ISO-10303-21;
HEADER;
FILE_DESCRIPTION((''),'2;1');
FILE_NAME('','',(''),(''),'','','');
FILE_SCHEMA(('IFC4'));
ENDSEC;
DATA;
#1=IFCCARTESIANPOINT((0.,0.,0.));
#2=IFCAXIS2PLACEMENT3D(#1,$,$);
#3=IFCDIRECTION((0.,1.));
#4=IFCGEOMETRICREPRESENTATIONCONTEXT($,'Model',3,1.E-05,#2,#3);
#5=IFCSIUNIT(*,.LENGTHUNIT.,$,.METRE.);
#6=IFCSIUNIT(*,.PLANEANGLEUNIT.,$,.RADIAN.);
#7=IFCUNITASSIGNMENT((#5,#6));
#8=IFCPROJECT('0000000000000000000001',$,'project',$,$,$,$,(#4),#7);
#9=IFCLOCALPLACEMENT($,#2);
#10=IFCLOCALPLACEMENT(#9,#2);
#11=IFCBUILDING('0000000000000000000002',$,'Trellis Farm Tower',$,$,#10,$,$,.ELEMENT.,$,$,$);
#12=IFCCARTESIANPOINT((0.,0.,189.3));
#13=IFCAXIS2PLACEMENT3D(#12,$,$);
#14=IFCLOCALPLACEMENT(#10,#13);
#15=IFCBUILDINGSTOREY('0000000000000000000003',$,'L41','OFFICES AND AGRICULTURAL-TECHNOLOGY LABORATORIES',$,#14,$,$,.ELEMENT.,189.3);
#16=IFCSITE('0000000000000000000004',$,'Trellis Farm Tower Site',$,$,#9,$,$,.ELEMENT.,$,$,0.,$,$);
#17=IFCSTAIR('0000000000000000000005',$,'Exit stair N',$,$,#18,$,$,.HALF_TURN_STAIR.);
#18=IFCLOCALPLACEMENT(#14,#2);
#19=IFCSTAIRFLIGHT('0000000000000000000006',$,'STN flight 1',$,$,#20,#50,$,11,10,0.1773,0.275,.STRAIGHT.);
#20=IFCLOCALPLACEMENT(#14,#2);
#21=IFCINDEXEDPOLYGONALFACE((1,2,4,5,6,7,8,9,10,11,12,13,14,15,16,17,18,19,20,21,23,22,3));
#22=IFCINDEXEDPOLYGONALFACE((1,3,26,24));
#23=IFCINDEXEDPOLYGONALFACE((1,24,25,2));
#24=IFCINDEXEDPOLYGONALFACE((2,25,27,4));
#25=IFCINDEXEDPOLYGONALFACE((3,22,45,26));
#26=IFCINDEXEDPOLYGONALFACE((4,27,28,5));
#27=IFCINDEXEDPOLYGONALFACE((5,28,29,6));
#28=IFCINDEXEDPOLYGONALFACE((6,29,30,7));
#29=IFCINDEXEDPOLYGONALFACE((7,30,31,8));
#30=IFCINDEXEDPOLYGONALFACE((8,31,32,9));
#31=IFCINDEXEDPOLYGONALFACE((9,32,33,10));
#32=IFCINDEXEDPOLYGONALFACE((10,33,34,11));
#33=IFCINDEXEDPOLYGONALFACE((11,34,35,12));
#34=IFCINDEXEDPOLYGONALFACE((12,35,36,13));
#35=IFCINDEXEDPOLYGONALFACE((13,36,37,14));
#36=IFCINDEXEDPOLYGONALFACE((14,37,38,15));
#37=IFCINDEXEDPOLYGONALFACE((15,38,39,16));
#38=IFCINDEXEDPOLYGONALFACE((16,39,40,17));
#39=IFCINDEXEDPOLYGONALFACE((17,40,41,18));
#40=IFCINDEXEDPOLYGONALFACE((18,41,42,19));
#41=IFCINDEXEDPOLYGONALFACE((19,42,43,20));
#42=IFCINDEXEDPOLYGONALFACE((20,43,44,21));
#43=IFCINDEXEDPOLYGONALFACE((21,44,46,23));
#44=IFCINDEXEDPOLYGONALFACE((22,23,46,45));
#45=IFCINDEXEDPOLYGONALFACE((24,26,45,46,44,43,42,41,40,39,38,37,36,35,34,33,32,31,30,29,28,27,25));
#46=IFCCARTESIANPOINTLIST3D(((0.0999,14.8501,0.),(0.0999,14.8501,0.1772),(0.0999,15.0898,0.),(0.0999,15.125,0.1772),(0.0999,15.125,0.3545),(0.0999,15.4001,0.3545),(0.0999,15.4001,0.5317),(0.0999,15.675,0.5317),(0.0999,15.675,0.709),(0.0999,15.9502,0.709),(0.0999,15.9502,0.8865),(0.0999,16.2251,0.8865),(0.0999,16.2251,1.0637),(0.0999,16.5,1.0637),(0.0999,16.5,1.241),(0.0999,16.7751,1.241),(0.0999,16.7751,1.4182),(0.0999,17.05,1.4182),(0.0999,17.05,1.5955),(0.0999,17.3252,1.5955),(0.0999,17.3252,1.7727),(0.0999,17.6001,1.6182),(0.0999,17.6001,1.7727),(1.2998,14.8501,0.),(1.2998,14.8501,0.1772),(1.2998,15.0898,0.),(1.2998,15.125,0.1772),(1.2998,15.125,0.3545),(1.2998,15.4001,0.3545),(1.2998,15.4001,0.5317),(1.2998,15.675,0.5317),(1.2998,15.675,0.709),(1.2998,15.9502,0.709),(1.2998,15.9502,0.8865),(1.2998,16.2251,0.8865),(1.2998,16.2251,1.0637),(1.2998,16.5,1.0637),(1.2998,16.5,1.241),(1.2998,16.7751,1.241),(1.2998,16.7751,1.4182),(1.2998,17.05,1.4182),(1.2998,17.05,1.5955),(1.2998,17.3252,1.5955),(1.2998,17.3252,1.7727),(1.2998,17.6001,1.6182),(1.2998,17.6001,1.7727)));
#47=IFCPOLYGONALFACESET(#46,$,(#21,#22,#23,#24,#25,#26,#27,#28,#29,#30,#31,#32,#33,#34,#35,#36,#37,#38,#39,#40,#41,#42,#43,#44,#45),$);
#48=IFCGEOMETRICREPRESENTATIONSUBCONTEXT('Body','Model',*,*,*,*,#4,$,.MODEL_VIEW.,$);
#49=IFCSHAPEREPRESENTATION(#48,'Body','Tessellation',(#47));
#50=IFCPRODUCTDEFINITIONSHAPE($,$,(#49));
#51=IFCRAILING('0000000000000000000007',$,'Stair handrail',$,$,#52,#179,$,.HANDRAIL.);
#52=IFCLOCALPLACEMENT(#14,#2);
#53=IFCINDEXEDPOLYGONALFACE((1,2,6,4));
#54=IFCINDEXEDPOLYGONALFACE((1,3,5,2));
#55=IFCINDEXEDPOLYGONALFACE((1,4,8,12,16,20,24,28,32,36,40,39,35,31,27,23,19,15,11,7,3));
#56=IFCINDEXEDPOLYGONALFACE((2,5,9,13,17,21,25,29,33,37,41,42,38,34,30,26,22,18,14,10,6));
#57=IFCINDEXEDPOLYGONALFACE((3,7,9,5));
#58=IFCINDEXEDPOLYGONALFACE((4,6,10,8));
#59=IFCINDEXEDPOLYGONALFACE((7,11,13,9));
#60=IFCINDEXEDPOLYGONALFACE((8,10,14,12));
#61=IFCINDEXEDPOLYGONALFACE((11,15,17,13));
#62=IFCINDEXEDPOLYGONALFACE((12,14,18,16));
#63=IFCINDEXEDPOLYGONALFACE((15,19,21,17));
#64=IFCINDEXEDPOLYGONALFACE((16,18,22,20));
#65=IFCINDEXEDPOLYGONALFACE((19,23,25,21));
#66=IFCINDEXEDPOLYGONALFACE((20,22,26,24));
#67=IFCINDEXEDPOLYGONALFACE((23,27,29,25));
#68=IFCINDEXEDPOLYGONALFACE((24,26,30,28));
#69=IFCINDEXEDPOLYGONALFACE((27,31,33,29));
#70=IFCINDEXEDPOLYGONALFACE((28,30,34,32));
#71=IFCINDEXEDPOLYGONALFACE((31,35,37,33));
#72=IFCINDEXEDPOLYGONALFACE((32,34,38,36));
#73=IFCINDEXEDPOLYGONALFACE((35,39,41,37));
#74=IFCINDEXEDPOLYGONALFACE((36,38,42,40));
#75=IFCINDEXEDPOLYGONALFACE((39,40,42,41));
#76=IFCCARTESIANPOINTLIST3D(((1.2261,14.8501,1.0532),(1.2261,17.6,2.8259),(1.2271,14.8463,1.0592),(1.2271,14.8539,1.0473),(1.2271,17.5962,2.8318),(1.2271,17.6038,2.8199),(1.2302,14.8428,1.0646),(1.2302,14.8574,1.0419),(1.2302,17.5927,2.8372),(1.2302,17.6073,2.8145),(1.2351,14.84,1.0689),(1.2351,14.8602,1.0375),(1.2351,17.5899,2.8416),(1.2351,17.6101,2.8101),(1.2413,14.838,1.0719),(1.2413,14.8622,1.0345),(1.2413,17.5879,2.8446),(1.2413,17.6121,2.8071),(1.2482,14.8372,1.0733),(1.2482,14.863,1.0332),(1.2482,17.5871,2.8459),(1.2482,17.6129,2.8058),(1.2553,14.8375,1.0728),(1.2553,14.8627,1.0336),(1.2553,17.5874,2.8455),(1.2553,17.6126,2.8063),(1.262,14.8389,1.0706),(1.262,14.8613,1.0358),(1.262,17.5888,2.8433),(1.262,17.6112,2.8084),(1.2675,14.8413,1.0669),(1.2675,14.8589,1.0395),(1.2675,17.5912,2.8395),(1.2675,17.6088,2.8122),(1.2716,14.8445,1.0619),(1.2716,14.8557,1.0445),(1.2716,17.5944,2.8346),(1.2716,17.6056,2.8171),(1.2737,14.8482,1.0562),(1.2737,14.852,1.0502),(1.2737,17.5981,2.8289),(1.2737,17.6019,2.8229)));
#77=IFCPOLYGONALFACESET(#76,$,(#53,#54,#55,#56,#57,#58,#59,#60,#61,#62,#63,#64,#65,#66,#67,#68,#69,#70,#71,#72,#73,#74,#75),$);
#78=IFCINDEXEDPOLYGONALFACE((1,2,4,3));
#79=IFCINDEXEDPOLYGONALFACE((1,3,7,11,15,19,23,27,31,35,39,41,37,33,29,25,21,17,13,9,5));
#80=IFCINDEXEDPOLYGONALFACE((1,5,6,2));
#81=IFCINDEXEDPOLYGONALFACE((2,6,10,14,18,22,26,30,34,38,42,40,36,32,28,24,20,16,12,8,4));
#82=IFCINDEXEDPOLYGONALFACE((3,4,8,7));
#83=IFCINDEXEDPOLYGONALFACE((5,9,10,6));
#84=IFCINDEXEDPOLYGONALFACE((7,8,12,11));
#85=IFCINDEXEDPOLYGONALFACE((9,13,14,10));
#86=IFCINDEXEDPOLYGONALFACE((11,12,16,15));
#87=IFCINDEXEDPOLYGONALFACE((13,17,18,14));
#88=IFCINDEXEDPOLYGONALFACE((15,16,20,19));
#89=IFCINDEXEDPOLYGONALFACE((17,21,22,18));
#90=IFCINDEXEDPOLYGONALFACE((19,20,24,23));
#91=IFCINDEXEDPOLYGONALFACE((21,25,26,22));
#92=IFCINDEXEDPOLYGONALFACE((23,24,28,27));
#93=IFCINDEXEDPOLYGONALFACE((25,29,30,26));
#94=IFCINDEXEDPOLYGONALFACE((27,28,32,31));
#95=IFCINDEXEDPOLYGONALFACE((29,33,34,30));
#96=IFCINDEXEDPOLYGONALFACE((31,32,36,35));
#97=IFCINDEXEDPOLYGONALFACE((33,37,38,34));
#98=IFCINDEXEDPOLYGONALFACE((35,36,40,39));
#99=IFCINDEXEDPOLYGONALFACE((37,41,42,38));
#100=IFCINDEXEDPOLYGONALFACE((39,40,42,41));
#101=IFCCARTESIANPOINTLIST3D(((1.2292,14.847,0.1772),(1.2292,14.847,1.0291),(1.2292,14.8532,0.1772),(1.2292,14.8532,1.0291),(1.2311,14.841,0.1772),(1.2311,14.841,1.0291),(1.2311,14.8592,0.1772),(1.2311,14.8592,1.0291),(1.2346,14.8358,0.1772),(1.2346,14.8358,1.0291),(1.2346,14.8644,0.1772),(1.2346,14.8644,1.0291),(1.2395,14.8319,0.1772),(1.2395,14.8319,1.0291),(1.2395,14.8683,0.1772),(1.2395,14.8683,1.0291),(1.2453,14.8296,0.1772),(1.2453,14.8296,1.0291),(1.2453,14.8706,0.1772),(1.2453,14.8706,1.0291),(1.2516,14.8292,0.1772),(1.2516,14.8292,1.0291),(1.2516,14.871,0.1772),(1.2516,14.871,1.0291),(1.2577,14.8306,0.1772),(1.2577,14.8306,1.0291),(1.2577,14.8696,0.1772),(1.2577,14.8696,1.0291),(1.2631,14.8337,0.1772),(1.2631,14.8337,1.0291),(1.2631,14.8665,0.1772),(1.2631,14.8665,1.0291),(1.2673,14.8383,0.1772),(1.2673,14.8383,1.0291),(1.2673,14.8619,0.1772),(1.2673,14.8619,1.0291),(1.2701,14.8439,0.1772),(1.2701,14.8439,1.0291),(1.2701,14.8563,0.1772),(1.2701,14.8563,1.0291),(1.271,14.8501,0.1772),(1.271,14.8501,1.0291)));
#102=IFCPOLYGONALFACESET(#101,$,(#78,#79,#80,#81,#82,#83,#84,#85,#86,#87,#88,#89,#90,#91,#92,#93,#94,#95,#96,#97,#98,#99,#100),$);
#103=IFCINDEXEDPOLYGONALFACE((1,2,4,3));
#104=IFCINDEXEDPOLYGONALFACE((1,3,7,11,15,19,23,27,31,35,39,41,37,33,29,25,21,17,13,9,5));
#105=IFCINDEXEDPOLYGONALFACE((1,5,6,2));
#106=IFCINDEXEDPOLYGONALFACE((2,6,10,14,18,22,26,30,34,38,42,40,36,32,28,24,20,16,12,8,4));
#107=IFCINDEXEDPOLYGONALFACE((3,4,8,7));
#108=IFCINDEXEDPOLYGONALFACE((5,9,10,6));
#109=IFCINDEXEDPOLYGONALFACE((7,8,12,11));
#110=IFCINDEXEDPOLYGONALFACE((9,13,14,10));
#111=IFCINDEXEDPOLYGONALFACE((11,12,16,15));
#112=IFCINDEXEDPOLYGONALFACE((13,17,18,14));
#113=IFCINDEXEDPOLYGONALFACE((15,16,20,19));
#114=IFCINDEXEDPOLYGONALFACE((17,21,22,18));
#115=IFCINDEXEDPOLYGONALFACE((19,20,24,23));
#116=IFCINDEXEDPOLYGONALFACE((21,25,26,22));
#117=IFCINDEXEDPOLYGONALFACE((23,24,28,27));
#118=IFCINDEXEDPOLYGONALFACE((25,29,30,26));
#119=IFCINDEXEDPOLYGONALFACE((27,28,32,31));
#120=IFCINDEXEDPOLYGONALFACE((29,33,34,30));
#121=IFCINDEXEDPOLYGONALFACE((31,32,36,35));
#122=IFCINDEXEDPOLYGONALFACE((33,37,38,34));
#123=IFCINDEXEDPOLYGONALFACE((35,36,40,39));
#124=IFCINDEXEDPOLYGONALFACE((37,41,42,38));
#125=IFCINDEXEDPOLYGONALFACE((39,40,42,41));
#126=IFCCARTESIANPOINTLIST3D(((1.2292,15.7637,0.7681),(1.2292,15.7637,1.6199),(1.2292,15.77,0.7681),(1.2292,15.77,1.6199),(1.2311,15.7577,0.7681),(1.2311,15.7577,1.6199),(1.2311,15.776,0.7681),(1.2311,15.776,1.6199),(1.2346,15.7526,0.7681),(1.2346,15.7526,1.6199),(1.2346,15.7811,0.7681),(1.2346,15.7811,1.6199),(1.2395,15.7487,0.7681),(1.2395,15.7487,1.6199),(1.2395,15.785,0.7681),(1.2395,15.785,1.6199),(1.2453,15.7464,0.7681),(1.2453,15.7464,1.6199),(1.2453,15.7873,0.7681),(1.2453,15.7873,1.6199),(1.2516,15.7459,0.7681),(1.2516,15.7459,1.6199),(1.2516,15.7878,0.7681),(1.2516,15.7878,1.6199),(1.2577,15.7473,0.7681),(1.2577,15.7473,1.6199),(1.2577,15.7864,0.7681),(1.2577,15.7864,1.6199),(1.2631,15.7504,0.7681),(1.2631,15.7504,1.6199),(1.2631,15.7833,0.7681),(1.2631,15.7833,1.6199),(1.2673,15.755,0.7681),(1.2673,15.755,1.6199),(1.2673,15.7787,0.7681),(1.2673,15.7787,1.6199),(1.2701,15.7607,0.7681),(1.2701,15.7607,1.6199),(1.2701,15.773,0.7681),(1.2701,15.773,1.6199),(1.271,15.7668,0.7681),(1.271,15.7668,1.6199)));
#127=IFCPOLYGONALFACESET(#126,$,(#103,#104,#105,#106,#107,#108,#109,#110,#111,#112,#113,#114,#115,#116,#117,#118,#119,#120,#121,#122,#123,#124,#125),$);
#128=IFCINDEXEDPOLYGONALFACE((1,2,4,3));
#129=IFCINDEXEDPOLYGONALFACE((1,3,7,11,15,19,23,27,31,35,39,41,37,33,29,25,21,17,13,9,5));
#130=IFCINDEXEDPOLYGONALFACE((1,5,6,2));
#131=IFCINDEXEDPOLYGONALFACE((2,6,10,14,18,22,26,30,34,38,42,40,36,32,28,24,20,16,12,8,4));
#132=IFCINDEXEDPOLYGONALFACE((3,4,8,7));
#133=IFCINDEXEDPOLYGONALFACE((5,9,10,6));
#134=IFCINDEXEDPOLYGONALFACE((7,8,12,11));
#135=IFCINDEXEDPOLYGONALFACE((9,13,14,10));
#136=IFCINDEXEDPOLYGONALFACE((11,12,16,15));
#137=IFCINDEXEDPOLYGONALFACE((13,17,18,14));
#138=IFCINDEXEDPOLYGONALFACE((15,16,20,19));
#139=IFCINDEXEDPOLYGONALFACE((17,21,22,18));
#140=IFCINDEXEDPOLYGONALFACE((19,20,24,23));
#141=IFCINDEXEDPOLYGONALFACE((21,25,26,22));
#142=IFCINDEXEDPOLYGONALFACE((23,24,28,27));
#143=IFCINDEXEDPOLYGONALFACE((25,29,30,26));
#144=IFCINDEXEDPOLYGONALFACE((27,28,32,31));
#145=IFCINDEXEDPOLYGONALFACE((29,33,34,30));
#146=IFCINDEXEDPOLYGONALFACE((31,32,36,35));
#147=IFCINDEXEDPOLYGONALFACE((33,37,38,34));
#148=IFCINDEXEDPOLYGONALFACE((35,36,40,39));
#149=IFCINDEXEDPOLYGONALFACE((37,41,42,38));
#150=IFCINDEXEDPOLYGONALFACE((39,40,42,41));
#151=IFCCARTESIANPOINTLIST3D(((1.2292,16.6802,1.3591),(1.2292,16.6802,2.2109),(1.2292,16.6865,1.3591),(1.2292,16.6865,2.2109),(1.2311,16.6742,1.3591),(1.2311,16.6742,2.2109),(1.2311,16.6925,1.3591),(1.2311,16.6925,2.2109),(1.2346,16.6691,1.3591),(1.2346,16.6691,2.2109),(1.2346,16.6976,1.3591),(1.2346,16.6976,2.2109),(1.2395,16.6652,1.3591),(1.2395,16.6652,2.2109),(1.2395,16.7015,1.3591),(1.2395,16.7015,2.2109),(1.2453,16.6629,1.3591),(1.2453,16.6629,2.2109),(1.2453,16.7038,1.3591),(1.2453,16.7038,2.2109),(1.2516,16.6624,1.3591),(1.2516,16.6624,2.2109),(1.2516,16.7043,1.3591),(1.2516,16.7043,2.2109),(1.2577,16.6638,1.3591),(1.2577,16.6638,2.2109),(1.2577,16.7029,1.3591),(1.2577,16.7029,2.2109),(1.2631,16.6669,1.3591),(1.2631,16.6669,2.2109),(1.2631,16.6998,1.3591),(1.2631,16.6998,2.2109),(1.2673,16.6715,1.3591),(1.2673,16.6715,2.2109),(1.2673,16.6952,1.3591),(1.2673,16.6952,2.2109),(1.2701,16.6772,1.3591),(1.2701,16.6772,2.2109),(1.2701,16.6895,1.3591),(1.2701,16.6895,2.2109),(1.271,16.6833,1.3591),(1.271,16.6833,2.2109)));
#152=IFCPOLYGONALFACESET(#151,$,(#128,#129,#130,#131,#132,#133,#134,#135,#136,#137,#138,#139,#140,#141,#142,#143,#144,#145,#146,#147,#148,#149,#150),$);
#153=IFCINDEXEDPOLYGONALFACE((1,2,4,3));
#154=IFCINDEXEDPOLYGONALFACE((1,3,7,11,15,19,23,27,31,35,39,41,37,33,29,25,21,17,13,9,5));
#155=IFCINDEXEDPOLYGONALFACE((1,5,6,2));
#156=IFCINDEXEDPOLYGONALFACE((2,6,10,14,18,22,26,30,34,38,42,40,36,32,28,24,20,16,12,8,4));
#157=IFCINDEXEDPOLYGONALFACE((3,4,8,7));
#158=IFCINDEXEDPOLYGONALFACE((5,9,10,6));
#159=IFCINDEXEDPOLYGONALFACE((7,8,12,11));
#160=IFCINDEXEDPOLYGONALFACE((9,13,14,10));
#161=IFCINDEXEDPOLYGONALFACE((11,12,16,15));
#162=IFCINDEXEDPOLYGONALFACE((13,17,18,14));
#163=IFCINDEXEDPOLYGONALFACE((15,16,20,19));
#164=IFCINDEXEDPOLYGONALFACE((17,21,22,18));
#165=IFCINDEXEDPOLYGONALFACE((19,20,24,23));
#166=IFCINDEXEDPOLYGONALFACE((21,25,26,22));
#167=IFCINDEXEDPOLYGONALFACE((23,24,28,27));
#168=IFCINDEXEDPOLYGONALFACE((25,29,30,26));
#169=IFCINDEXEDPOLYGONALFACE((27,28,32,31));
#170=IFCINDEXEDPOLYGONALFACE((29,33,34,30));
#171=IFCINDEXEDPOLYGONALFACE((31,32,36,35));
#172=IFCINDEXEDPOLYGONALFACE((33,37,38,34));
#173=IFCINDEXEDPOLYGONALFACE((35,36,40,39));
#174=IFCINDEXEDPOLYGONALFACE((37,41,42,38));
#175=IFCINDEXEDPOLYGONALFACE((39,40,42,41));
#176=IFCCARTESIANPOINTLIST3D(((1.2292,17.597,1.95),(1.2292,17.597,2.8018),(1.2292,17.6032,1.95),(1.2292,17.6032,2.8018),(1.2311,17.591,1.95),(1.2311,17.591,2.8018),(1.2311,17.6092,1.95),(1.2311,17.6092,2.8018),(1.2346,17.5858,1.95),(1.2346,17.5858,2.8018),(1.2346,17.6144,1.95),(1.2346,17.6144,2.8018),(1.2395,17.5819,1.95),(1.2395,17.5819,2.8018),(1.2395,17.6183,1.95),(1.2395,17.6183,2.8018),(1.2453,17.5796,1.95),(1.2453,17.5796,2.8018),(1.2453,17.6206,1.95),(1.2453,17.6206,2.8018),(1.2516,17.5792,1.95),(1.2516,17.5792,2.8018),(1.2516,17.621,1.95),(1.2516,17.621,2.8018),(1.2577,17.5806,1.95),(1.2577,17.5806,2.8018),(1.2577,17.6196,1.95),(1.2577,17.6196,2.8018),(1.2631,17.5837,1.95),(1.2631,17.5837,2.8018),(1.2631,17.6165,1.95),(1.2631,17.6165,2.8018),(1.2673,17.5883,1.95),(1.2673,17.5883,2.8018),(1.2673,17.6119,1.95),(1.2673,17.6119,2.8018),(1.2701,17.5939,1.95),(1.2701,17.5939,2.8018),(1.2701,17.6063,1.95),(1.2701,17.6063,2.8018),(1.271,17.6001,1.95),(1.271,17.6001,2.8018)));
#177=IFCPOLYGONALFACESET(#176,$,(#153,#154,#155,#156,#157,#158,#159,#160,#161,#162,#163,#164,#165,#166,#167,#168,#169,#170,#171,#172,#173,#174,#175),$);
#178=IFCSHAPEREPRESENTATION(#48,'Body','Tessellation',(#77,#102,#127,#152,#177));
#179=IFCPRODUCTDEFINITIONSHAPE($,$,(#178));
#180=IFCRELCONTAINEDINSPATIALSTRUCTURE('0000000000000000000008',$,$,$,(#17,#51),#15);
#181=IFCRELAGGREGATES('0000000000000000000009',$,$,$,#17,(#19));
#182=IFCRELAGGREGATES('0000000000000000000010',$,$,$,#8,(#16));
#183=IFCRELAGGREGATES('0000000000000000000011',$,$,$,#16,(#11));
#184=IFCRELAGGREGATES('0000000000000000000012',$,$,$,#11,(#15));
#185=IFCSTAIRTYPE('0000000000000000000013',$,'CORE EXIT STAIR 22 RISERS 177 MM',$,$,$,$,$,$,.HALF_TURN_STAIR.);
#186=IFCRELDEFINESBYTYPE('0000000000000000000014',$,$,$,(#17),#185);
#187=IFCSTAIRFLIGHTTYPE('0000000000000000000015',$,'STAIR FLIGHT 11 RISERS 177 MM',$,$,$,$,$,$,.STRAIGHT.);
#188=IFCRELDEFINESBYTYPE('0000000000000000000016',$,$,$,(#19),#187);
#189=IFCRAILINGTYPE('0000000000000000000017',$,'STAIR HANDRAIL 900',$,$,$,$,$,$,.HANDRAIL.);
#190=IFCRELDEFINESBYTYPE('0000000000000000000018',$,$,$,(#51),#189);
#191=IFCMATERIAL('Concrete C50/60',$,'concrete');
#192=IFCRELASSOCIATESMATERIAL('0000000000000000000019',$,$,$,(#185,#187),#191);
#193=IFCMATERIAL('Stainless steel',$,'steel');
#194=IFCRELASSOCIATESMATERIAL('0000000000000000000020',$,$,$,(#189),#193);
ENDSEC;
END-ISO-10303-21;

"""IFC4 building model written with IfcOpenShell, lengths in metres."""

from ifc_helpers import new_model, si_unit, direction, frame, origin, origin_2d, place, context, subcontext, project, spatial, polyline, circle, outline, extrude, source, transform, mapped, material, type_object, element, aggregate, save


model = new_model("IFC4")

# Units and contexts
model_context = context("Model", 3, precision=1e-05, world=origin(), true_north=direction((0.0, 1.0)))
body_context = subcontext(model_context, "Body", "Model", "MODEL_VIEW")
ifc_project = project(units=[si_unit("LENGTHUNIT", "METRE"), si_unit("PLANEANGLEUNIT", "RADIAN")], contexts=[model_context])

# Site, building, storey
site_placement = place(None, origin())
site = spatial("IfcSite", under=ifc_project, at=site_placement, Name="Trellis Farm Tower Site", CompositionType="ELEMENT", RefElevation=0.0)
building_placement = place(site_placement, origin())
building = spatial("IfcBuilding", under=site, at=building_placement, Name="Trellis Farm Tower", CompositionType="ELEMENT")
storey_placement = place(building_placement, frame((0.0, 0.0, 189.3)))
storey = spatial("IfcBuildingStorey", under=building, at=storey_placement, Name="L41", Description="OFFICES AND AGRICULTURAL-TECHNOLOGY LABORATORIES", CompositionType="ELEMENT", Elevation=189.3)

# Shared definitions
placement_1 = place(storey_placement, origin())

# Stair, stair flight
ifc_material_1 = material(Name="Concrete C50/60", Category="concrete")
stair_type = type_object("IfcStairType", Name="CORE EXIT STAIR 22 RISERS 177 MM", PredefinedType="HALF_TURN_STAIR", material=ifc_material_1)
stair = element("IfcStair", 1, at=placement_1, inside=storey, type_object=stair_type, Name="Exit stair N", PredefinedType="HALF_TURN_STAIR")
stair_flight_type = type_object("IfcStairFlightType", Name="STAIR FLIGHT 11 RISERS 177 MM", PredefinedType="STRAIGHT", material=ifc_material_1)
shared_shape_1 = source(origin(), body_context, "Body", "SweptSolid", [
    extrude(outline(polyline([(0.0, 0.0), (0.0, 0.1772), (0.2749, 0.1772), (0.2749, 0.3545), (0.55, 0.3545), (0.55, 0.5317), (0.825, 0.5317), (0.825, 0.709), (1.1001, 0.709), (1.1001, 0.8865), (1.375, 0.8865), (1.375, 1.0637), (1.6499, 1.0637), (1.6499, 1.241), (1.925, 1.241), (1.925, 1.4182), (2.2, 1.4182), (2.2, 1.5955), (2.4751, 1.5955), (2.4751, 1.7727), (2.75, 1.7727), (2.75, 1.95), (2.75, 1.6182), (0.2397, 0.0), (0.0, 0.0)])), frame((0.0, 0.6001, 0.0), z_axis=(0.0, -1.0, 0.0), x_axis=(1.0, 0.0, 0.0)), (0.0, 0.0, 1.0), 1.2),
])
stair_flight_placement = place(storey_placement, frame((0.7, 14.8501, 0.0), z_axis=(0.0, 0.0, 1.0), x_axis=(0.0, 1.0, 0.0)))
stair_flight = element("IfcStairFlight", 2, at=stair_flight_placement, type_object=stair_flight_type, Name="STN flight 1", NumberOfRisers=11, NumberOfTreads=10, PredefinedType="STRAIGHT", RiserHeight=0.1773, TreadLength=0.275, context=body_context, shape_type="MappedRepresentation", body=[
    mapped(shared_shape_1, transform((0.0, 0.0, 0.0))),
])
aggregate(stair, [stair_flight])

# Railing
ifc_material_2 = material(Name="Stainless steel", Category="steel")
railing_type = type_object("IfcRailingType", Name="STAIR HANDRAIL 900", PredefinedType="HANDRAIL", material=ifc_material_2)
shared_shape_2 = source(origin(), body_context, "Body", "SweptSolid", [
    extrude(circle(Radius=0.0239, at=origin_2d()), frame((0.0, 0.0, 0.876), z_axis=(0.0, 0.840504, 0.541806), x_axis=(-1.0, 0.0, 0.0)), (0.0, 0.0, 1.0), 3.2717),
    extrude(circle(Radius=0.021, at=origin_2d()), origin(), (0.0, 0.0, 1.0), 0.8518),
    extrude(circle(Radius=0.021, at=origin_2d()), frame((0.0, 0.9167, 0.5908)), (0.0, 0.0, 1.0), 0.8518),
    extrude(circle(Radius=0.021, at=origin_2d()), frame((0.0, 1.8333, 1.1819)), (0.0, 0.0, 1.0), 0.8518),
    extrude(circle(Radius=0.021, at=origin_2d()), frame((0.0, 2.75, 1.7727)), (0.0, 0.0, 1.0), 0.8518),
])
railing_placement = place(storey_placement, frame((1.25, 14.8501, 0.1772)))
element("IfcRailing", 3, at=railing_placement, inside=storey, type_object=railing_type, Name="Stair handrail", PredefinedType="HANDRAIL", context=body_context, shape_type="MappedRepresentation", body=[
    mapped(shared_shape_2, transform((0.0, 0.0, 0.0))),
])

save(model, "model.ifc")
